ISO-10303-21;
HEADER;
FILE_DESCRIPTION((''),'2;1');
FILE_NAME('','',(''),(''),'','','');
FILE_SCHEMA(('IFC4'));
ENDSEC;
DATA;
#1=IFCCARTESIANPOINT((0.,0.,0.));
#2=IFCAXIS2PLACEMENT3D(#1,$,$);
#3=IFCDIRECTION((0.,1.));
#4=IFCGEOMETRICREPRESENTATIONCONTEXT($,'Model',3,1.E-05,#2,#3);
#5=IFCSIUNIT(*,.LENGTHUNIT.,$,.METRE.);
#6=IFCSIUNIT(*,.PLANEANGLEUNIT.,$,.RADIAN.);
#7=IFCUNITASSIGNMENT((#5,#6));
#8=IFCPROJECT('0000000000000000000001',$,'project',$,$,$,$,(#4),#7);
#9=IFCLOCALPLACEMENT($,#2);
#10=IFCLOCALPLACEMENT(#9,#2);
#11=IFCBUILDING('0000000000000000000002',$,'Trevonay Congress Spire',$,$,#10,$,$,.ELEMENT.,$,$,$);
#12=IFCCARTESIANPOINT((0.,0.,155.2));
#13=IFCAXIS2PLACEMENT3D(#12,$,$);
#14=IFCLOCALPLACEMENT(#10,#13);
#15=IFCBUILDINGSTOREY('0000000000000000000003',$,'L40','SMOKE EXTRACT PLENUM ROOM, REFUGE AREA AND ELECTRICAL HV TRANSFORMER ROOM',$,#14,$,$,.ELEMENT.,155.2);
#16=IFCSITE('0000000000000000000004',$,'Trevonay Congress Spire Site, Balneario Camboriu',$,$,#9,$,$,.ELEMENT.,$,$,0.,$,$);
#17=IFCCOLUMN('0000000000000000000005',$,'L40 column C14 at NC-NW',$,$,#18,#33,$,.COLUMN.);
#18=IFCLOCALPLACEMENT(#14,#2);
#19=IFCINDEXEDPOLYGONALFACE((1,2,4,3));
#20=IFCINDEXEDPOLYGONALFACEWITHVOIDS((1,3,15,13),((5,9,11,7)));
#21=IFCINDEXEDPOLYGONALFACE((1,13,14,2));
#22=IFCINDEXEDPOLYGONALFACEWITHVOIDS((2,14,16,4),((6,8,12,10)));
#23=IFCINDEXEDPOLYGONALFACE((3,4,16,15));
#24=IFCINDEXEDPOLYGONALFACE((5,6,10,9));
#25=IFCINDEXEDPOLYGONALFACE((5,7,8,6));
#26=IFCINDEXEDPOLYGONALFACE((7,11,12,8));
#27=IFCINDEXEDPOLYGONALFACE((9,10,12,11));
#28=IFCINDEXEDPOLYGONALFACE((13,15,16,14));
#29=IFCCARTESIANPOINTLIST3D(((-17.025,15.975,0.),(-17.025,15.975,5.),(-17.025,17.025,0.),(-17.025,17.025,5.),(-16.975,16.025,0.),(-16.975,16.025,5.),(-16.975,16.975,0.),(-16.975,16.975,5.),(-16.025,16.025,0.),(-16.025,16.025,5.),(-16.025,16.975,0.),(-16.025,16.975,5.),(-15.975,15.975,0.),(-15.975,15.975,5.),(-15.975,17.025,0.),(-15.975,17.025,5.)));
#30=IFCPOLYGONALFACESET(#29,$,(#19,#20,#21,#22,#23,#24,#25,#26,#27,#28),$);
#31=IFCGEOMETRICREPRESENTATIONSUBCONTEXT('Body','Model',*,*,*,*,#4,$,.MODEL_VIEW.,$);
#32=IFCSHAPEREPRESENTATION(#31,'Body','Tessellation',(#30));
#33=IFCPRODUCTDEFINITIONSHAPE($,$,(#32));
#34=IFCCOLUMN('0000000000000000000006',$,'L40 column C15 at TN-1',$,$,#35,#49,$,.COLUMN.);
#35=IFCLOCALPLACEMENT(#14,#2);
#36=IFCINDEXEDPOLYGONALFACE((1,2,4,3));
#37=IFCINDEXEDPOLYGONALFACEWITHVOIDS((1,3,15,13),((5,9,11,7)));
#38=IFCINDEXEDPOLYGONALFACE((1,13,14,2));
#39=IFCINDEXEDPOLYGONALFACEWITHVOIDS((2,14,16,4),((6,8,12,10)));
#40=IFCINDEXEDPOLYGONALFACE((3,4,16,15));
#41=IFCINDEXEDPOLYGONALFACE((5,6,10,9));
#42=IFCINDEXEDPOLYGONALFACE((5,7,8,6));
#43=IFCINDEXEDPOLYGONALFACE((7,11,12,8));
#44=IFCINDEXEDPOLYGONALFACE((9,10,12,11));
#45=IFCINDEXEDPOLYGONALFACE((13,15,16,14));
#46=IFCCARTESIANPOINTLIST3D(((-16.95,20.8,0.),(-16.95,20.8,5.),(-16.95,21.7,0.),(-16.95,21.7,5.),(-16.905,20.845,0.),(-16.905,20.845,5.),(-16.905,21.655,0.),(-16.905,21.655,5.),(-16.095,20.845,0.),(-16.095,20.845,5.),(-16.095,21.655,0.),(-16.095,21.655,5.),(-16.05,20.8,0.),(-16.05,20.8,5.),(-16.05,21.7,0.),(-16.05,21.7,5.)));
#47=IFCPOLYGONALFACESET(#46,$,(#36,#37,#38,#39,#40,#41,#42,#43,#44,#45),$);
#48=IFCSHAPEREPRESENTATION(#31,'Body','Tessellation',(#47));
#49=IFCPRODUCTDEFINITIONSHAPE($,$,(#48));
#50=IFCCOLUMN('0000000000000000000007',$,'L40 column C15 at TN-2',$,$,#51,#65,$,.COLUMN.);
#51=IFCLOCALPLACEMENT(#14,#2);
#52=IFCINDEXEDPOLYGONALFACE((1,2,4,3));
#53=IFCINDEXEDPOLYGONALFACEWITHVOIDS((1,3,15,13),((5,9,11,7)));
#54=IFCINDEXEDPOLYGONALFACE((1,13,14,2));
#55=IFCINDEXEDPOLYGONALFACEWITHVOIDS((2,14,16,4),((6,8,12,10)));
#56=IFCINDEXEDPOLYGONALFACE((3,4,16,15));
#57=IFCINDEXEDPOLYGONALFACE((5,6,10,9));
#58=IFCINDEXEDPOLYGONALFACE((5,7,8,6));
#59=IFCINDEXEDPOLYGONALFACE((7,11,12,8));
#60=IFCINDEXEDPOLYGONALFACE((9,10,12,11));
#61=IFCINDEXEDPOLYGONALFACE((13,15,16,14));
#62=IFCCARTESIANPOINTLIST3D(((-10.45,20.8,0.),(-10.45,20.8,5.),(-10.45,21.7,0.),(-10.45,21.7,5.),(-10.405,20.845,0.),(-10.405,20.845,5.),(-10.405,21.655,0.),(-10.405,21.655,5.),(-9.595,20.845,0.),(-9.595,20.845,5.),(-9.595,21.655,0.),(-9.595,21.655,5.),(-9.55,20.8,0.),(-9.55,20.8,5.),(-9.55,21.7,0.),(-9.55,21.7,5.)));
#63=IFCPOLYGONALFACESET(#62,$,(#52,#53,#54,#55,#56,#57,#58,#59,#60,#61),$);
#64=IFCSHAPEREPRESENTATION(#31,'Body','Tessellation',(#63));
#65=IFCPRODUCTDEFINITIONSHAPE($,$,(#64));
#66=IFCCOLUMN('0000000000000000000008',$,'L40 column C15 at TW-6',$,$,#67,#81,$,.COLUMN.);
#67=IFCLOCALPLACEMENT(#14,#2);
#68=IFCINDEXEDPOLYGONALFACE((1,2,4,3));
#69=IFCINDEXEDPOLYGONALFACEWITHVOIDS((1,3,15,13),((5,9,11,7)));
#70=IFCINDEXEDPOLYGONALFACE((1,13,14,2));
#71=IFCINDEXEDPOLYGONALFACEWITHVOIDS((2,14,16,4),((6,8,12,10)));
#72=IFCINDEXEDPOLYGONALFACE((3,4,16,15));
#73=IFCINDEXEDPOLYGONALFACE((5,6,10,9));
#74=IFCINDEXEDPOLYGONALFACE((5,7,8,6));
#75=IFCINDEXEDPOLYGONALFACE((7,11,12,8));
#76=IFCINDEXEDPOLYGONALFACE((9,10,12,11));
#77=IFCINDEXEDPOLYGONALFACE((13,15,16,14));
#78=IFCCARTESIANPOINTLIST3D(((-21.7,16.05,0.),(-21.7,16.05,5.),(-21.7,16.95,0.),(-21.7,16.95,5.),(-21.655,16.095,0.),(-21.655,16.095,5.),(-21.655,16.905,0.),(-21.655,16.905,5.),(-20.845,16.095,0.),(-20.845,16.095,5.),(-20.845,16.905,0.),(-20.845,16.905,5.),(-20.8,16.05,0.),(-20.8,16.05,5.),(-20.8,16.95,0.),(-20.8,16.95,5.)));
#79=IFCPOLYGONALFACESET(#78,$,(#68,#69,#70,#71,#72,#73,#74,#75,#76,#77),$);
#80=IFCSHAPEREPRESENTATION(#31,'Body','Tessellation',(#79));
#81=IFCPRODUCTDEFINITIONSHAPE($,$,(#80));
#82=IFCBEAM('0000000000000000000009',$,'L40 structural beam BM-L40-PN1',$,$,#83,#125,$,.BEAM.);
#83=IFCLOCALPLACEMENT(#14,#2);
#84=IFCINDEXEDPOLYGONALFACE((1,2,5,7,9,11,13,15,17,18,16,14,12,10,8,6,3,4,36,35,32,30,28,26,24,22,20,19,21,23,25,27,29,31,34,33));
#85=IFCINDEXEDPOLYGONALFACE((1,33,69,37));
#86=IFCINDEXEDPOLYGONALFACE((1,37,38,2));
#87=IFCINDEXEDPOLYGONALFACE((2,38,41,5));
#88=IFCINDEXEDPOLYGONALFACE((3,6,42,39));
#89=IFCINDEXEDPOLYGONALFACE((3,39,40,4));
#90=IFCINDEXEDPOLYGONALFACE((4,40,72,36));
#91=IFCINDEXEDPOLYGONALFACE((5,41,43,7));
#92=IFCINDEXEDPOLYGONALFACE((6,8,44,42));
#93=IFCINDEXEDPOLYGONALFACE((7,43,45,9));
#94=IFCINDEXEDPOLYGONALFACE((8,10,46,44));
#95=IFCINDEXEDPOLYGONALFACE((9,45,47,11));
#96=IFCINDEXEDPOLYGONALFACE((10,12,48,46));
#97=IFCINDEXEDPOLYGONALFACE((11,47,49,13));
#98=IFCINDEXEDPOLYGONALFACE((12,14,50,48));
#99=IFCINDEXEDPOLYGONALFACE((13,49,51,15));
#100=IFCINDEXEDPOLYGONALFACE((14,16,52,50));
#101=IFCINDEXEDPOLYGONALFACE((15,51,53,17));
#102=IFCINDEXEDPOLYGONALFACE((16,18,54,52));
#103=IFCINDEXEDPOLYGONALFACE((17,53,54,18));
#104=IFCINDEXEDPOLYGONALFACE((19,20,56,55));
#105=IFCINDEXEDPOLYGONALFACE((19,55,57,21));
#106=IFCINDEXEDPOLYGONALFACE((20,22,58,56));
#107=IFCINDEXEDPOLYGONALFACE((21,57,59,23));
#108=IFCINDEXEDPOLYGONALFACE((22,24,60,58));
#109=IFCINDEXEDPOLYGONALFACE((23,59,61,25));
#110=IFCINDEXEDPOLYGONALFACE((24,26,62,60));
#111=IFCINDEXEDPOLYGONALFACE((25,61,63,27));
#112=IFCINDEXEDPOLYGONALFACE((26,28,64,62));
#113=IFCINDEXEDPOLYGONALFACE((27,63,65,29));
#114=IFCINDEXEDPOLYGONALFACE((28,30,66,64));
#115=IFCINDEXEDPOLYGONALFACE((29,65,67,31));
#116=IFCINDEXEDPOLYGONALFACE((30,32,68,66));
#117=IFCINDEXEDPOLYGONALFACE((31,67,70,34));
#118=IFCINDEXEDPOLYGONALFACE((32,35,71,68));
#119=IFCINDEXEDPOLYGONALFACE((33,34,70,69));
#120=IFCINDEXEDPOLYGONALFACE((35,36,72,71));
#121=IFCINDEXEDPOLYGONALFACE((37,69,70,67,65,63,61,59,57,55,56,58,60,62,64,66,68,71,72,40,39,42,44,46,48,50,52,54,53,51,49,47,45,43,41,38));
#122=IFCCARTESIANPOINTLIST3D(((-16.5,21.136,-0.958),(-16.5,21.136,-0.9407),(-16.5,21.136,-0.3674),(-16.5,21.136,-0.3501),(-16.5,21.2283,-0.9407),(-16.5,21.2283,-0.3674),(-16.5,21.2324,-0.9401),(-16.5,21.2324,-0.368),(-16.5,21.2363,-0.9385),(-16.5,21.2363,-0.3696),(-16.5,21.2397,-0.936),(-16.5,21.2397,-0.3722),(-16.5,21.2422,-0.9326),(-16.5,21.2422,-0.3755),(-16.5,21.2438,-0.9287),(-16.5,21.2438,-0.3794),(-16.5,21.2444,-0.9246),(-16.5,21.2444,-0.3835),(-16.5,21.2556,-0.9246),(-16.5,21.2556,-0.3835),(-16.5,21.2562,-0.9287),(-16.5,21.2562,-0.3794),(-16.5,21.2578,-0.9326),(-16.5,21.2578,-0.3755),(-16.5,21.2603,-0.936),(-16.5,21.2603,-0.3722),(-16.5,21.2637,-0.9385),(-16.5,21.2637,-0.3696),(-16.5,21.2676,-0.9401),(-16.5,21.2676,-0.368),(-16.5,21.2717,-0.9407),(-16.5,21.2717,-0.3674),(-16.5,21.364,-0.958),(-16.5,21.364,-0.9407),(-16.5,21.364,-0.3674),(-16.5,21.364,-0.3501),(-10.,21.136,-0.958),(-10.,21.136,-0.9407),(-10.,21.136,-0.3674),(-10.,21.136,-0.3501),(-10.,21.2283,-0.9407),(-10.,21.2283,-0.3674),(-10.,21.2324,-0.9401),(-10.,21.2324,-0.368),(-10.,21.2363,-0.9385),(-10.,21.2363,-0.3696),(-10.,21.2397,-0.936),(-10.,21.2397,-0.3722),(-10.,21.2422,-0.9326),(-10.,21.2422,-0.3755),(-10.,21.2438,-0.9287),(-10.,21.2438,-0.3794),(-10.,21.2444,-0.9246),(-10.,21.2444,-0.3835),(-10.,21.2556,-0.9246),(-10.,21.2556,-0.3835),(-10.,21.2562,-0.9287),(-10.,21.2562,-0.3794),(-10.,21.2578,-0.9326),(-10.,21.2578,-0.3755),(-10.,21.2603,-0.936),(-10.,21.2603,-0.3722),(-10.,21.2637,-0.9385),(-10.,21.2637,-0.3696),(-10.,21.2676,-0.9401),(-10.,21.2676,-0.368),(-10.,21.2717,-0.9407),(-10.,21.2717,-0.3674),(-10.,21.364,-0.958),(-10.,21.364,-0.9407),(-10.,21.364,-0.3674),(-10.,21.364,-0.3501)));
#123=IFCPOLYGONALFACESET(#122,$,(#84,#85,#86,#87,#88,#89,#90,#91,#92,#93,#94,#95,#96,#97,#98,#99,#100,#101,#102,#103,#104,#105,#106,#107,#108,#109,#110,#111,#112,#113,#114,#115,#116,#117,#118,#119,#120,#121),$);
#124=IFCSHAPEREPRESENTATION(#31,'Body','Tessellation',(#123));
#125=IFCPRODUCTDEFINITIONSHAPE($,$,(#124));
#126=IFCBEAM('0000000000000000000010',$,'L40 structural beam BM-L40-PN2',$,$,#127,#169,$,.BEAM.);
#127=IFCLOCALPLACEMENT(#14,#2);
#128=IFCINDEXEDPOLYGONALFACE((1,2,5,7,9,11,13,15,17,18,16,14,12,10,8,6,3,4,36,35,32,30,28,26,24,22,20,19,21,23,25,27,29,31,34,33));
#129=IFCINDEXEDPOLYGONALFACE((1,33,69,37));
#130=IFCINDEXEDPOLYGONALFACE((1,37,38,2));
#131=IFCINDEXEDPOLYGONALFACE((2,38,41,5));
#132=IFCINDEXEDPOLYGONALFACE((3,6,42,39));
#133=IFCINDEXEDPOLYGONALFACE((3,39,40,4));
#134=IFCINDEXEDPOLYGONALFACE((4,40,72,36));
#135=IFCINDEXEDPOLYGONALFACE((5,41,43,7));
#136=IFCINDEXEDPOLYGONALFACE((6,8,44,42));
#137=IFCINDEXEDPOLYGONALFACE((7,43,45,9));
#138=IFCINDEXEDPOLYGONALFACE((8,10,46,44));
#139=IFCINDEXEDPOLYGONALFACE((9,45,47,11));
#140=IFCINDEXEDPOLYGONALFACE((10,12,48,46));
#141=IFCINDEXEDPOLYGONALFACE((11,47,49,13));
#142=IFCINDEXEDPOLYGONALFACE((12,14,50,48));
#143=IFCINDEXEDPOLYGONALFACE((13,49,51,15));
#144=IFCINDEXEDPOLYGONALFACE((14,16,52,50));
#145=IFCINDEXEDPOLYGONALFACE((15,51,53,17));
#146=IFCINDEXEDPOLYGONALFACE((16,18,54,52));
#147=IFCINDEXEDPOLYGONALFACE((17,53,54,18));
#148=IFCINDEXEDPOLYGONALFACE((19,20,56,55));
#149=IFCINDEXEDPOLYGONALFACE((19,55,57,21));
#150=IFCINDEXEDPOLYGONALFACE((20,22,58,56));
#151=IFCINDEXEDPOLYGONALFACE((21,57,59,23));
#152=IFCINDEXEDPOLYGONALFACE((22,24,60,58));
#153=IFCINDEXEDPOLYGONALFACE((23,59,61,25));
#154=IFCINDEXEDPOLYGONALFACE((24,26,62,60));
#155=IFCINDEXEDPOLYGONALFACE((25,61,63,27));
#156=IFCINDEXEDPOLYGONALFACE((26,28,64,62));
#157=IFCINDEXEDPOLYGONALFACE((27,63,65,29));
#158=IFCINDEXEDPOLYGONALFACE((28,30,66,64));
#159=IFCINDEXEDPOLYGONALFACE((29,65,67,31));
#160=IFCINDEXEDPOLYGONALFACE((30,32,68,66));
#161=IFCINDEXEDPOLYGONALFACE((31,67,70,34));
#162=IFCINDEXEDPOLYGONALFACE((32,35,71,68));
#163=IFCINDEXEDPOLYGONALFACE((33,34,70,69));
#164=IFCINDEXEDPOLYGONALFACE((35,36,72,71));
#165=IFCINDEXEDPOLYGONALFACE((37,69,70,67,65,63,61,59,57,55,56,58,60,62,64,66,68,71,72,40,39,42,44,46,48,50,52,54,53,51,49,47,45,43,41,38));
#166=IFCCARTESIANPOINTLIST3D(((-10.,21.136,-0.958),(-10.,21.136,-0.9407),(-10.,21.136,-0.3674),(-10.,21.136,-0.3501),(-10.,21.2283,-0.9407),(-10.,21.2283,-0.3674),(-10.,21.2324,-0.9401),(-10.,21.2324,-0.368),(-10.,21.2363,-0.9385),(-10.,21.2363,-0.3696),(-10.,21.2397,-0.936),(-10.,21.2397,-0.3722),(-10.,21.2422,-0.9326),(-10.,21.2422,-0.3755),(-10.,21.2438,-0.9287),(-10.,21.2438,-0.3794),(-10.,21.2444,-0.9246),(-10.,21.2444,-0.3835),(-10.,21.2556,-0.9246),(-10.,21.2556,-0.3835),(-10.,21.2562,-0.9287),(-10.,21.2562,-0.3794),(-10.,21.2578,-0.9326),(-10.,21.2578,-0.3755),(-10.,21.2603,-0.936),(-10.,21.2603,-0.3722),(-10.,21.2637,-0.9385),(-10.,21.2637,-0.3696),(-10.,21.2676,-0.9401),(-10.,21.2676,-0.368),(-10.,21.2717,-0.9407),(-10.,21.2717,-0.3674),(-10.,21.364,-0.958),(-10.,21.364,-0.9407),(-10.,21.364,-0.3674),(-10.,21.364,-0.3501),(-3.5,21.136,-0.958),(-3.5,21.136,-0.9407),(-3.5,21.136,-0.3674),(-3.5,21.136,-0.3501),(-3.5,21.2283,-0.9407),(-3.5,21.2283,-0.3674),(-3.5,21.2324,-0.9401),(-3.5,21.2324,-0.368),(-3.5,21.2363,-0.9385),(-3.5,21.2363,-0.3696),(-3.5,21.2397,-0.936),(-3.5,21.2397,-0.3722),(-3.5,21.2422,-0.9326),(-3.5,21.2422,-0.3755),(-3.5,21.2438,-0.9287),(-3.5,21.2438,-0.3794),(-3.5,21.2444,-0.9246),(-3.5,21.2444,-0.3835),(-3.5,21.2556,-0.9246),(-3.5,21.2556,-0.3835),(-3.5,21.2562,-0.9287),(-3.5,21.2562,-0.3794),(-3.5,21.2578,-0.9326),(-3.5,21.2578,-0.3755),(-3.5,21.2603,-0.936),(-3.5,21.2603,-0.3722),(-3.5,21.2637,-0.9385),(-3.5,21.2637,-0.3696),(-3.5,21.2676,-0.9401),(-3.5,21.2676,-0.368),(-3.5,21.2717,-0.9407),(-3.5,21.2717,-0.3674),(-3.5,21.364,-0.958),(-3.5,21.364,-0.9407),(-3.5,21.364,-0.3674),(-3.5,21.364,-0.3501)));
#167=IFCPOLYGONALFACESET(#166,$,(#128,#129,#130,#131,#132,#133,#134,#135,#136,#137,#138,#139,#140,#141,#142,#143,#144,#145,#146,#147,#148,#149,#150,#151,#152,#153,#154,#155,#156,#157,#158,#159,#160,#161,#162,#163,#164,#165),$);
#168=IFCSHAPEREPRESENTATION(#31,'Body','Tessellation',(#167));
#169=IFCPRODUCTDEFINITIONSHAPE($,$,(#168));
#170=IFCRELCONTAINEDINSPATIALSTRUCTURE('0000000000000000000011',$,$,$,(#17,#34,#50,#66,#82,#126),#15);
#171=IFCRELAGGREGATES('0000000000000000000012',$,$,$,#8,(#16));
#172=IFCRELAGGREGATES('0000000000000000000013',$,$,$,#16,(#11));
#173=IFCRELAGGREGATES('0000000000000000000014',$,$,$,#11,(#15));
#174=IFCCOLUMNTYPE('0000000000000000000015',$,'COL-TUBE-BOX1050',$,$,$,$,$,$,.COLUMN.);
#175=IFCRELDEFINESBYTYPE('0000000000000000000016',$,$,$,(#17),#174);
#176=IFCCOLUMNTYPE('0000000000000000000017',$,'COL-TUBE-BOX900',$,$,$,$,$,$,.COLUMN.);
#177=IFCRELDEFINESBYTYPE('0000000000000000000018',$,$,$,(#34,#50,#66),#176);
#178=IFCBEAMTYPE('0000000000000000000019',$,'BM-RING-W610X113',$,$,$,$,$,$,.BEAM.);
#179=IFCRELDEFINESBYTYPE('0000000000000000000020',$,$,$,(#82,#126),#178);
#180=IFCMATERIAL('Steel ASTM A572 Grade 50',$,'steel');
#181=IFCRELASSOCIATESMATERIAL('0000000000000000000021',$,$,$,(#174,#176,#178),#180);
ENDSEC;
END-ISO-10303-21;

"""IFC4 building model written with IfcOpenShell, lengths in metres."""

from ifc_helpers import new_model, si_unit, direction, frame, origin, origin_2d, place, context, subcontext, project, spatial, hollow_rectangle, i_section, extrude, material, material_profile, profile_set, type_object, element, save


model = new_model("IFC4")

# Units and contexts
model_context = context("Model", 3, precision=1e-05, world=origin(), true_north=direction((0.0, 1.0)))
body_context = subcontext(model_context, "Body", "Model", "MODEL_VIEW")
ifc_project = project(units=[si_unit("LENGTHUNIT", "METRE"), si_unit("PLANEANGLEUNIT", "RADIAN")], contexts=[model_context])

# Site, building, storey
site_placement = place(None, origin())
site = spatial("IfcSite", under=ifc_project, at=site_placement, Name="Trevonay Congress Spire Site, Balneario Camboriu", CompositionType="ELEMENT", RefElevation=0.0)
building_placement = place(site_placement, origin())
building = spatial("IfcBuilding", under=site, at=building_placement, Name="Trevonay Congress Spire", CompositionType="ELEMENT")
storey_placement = place(building_placement, frame((0.0, 0.0, 155.2)))
storey = spatial("IfcBuildingStorey", under=building, at=storey_placement, Name="L40", Description="SMOKE EXTRACT PLENUM ROOM, REFUGE AREA AND ELECTRICAL HV TRANSFORMER ROOM", CompositionType="ELEMENT", Elevation=155.2)

# Columns
ifc_material_1 = material(Name="Steel ASTM A572 Grade 50", Category="steel")
ifc_material_profile_1 = material_profile(ifc_material_1, hollow_rectangle(XDim=1.05, YDim=1.05, WallThickness=0.05, at=origin_2d()), Name="BOX 1050x1050x50")
ifc_profile_set_1 = profile_set([ifc_material_profile_1], Name="Steel ASTM A572 Grade 50")
column_type_1 = type_object("IfcColumnType", Name="COL-TUBE-BOX1050", PredefinedType="COLUMN", material=ifc_profile_set_1)
column_placement = place(storey_placement, frame((-16.5, 16.5, 0.0), z_axis=(0.0, 0.0, 1.0), x_axis=(1.0, 0.0, 0.0)))
element("IfcColumn", 1, at=column_placement, inside=storey, type_object=column_type_1, Name="L40 column C14 at NC-NW", PredefinedType="COLUMN", context=body_context, shape_type="SweptSolid", body=[
    extrude(hollow_rectangle(XDim=1.05, YDim=1.05, WallThickness=0.05, at=origin_2d()), origin(), (0.0, 0.0, 1.0), 5.0),
])
ifc_material_profile_2 = material_profile(ifc_material_1, hollow_rectangle(XDim=0.8999, YDim=0.8999, WallThickness=0.0449, at=origin_2d()), Name="BOX 900x900x45")
ifc_profile_set_2 = profile_set([ifc_material_profile_2], Name="Steel ASTM A572 Grade 50")
column_type_2 = type_object("IfcColumnType", Name="COL-TUBE-BOX900", PredefinedType="COLUMN", material=ifc_profile_set_2)
for number, where, z_axis, x_axis, name in (
    (2, (-16.5, 21.25, 0.0), (0.0, 0.0, 1.0), (1.0, 0.0, 0.0), "L40 column C15 at TN-1"),
    (3, (-10.0, 21.25, 0.0), (0.0, 0.0, 1.0), (1.0, 0.0, 0.0), "L40 column C15 at TN-2"),
    (4, (-21.25, 16.5, 0.0), (0.0, 0.0, 1.0), (1.0, 0.0, 0.0), "L40 column C15 at TW-6"),
):
    element("IfcColumn", number, at=place(storey_placement, frame(where, z_axis=z_axis, x_axis=x_axis)), inside=storey, type_object=column_type_2, Name=name, PredefinedType="COLUMN", context=body_context, shape_type="SweptSolid", body=[
        extrude(hollow_rectangle(XDim=0.8999, YDim=0.8999, WallThickness=0.0449, at=origin_2d()), origin(), (0.0, 0.0, 1.0), 5.0),
    ])

# Beams
ifc_material_profile_3 = material_profile(ifc_material_1, i_section(OverallWidth=0.228, OverallDepth=0.6079, WebThickness=0.0112, FlangeThickness=0.0173, FilletRadius=0.0161, at=origin_2d()), Name="W610x113")
ifc_profile_set_3 = profile_set([ifc_material_profile_3], Name="Steel ASTM A572 Grade 50")
beam_type = type_object("IfcBeamType", Name="BM-RING-W610X113", PredefinedType="BEAM", material=ifc_profile_set_3)
for number, where, z_axis, x_axis, name in (
    (5, (-16.5, 21.25, -0.6541), (1.0, 0.0, 0.0), (0.0, 1.0, 0.0), "L40 structural beam BM-L40-PN1"),
    (6, (-10.0, 21.25, -0.6541), (1.0, 0.0, 0.0), (0.0, 1.0, 0.0), "L40 structural beam BM-L40-PN2"),
):
    element("IfcBeam", number, at=place(storey_placement, frame(where, z_axis=z_axis, x_axis=x_axis)), inside=storey, type_object=beam_type, Name=name, PredefinedType="BEAM", context=body_context, shape_type="SweptSolid", body=[
        extrude(i_section(OverallWidth=0.228, OverallDepth=0.6079, WebThickness=0.0112, FlangeThickness=0.0173, FilletRadius=0.0161, at=origin_2d()), origin(), (0.0, 0.0, 1.0), 6.5),
    ])

save(model, "model.ifc")
